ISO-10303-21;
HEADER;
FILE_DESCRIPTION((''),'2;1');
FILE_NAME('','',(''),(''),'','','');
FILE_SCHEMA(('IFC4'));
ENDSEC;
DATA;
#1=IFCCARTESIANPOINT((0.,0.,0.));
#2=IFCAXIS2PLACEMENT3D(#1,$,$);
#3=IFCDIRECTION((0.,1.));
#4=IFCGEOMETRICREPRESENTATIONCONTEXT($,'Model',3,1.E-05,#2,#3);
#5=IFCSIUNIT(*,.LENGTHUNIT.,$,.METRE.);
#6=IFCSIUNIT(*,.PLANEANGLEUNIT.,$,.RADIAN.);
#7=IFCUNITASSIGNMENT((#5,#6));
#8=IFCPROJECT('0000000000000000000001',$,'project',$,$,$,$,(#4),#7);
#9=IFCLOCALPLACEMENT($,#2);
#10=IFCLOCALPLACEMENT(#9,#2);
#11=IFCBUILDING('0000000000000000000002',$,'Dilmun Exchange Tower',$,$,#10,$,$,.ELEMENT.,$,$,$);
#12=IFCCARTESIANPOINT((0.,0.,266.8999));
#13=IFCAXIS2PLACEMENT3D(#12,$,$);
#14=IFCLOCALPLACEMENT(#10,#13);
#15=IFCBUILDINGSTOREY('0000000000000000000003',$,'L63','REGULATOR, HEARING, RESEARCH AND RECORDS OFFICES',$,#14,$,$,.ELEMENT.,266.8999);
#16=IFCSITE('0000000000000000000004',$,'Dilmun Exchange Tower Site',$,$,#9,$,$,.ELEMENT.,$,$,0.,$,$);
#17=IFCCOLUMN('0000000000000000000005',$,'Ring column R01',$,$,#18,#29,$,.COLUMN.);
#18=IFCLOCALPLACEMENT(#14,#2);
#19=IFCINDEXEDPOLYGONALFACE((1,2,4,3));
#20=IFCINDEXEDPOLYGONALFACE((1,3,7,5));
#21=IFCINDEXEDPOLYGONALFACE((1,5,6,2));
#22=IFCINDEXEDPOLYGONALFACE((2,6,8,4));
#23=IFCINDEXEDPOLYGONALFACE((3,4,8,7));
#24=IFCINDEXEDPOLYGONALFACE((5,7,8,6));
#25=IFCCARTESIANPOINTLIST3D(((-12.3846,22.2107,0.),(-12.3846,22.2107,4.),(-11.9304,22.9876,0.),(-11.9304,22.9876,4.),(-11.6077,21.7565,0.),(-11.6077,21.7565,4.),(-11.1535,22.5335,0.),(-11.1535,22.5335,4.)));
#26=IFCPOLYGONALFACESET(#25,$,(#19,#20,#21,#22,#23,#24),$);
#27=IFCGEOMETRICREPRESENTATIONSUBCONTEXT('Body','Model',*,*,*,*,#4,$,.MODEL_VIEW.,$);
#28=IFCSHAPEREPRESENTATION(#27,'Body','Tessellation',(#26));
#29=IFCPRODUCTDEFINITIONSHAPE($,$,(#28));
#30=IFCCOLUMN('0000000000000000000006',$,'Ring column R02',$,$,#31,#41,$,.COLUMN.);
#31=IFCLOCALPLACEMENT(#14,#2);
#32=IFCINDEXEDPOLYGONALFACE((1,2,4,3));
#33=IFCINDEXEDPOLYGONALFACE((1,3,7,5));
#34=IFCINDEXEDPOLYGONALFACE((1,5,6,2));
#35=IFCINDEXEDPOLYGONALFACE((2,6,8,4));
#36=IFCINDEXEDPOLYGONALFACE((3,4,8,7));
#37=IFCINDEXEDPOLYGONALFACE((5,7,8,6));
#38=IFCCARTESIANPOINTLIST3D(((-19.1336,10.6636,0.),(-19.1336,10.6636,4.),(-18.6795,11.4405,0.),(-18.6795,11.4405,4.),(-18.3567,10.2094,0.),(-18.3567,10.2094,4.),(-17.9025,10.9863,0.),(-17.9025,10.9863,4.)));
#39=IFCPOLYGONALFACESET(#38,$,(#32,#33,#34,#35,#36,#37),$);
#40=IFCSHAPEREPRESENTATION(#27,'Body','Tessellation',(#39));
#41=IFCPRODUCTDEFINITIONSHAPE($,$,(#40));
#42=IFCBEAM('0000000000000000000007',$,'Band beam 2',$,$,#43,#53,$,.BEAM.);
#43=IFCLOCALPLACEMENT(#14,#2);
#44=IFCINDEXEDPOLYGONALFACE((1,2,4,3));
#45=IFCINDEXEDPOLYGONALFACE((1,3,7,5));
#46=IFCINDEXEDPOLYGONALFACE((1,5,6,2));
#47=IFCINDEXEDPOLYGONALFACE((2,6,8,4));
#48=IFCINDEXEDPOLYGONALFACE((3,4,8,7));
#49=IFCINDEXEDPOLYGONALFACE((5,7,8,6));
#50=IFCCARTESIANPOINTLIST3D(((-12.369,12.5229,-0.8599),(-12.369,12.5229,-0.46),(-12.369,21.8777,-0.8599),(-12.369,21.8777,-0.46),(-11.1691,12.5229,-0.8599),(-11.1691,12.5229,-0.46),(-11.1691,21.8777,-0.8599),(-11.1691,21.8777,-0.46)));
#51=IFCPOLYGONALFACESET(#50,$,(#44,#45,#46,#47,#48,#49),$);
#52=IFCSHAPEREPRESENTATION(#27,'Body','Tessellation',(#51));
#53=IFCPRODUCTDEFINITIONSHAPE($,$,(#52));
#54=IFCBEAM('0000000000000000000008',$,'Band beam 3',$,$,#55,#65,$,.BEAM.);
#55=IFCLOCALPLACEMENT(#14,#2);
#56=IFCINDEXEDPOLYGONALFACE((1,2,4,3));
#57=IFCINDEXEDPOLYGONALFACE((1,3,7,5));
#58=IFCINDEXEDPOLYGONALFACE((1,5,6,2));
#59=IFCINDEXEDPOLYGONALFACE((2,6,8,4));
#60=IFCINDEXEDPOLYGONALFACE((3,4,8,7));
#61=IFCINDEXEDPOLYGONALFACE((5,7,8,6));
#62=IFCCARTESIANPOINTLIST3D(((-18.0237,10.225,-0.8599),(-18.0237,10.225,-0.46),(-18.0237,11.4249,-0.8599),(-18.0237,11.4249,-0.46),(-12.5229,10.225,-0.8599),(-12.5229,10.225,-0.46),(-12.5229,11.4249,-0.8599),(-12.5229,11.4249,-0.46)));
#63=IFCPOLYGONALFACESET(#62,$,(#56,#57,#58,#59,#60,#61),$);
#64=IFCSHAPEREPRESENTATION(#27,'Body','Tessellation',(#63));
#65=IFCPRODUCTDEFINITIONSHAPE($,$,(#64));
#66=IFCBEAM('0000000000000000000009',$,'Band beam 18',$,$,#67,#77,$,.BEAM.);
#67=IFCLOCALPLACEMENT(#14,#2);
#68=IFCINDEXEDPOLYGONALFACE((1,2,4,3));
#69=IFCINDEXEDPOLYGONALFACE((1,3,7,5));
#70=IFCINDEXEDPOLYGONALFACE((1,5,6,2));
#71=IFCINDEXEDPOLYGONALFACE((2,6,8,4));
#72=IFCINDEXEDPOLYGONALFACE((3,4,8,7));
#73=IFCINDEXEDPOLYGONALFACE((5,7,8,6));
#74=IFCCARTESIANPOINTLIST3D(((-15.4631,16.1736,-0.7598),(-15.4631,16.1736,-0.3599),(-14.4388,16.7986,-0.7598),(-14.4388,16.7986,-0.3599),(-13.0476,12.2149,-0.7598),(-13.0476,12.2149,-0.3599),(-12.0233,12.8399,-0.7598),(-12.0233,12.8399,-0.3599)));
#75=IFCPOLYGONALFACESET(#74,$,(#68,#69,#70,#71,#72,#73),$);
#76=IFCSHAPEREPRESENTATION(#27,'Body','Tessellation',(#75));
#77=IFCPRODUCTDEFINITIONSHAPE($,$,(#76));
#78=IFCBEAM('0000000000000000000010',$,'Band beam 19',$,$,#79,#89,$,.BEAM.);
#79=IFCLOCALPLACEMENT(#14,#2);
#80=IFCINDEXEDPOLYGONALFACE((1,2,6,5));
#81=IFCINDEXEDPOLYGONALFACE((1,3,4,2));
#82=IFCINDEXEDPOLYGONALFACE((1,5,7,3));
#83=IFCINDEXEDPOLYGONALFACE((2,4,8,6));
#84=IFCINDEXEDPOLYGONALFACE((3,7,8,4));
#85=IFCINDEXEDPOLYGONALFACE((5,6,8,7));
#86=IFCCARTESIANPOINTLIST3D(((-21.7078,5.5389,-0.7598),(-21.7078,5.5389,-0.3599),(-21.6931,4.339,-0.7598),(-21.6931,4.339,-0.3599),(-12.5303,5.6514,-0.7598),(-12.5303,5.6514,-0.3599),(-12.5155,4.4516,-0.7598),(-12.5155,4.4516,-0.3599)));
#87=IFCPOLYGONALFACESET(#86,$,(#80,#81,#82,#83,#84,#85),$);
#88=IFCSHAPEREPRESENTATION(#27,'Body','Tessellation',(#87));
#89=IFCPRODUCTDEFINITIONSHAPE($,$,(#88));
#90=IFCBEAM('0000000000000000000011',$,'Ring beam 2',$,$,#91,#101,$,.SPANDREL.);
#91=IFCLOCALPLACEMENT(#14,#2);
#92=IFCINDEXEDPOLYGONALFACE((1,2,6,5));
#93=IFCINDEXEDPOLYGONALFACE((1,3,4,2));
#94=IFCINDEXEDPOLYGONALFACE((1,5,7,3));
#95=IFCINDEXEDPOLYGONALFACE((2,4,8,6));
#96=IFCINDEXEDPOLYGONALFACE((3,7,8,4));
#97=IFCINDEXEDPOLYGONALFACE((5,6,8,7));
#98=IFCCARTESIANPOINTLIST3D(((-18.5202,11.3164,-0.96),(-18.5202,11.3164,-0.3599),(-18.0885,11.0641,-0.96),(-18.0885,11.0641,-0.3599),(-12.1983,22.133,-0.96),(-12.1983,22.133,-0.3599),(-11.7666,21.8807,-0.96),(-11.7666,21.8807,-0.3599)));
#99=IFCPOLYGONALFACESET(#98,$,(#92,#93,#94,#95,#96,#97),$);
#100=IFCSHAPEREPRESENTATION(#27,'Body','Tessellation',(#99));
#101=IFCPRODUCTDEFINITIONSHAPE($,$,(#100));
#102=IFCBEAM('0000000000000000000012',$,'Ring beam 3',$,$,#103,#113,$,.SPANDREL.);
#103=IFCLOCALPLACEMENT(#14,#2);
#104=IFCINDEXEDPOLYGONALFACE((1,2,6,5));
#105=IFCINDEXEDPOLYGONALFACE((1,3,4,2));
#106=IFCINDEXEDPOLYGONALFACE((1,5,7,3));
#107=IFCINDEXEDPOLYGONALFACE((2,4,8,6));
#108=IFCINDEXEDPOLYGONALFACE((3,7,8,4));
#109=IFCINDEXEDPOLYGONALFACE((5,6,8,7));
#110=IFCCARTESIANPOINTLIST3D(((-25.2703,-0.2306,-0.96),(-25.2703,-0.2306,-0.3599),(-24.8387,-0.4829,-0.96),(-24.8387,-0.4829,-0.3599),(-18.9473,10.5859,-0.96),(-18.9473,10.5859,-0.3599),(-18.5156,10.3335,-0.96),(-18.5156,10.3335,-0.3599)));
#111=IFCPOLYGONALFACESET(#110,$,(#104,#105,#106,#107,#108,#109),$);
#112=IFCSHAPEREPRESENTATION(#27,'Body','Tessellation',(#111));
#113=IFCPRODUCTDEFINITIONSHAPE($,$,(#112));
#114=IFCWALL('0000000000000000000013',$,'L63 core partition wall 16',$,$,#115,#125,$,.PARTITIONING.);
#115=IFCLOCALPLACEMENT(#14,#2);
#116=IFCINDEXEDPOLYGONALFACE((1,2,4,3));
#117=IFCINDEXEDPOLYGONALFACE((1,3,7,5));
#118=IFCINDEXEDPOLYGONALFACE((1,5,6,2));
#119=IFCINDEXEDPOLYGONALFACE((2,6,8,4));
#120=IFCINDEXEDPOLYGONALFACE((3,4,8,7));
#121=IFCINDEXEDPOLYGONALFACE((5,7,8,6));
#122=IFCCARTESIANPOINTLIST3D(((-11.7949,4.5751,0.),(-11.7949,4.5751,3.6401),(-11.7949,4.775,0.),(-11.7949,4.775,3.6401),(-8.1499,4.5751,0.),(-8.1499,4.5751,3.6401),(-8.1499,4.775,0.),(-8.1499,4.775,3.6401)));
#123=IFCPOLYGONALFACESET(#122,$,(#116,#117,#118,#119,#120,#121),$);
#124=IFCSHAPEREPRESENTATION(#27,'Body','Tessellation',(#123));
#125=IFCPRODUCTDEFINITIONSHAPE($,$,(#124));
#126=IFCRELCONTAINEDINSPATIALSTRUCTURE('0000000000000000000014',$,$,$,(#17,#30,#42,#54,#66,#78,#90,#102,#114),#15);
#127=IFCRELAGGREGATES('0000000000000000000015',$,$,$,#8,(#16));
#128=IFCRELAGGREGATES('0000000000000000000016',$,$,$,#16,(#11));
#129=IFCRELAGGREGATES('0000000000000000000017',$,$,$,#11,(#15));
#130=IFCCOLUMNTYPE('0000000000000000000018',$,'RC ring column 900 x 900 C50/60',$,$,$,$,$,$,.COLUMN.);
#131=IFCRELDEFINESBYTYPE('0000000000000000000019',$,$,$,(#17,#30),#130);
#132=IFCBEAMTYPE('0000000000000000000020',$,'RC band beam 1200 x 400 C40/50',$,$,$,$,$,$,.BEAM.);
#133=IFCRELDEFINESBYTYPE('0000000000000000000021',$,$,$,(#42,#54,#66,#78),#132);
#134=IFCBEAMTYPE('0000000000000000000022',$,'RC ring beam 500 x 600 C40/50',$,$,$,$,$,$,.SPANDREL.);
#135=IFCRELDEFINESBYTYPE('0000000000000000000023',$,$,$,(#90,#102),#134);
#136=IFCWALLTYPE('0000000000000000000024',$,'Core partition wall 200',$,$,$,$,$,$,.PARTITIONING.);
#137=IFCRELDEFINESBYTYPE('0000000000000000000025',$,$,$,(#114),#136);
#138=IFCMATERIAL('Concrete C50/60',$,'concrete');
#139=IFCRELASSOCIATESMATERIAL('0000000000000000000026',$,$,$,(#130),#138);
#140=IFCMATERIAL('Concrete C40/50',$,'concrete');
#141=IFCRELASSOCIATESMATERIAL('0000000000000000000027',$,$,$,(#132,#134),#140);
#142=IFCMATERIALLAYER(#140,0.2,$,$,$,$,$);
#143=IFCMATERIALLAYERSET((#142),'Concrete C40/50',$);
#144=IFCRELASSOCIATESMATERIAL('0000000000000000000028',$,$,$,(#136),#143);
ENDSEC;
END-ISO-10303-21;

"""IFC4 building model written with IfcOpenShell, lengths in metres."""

from ifc_helpers import new_model, si_unit, direction, frame, frame_2d, origin, origin_2d, place, context, subcontext, project, spatial, rectangle, extrude, material, layer, layer_set, material_profile, profile_set, type_object, element, save


model = new_model("IFC4")

# Units and contexts
model_context = context("Model", 3, precision=1e-05, world=origin(), true_north=direction((0.0, 1.0)))
body_context = subcontext(model_context, "Body", "Model", "MODEL_VIEW")
ifc_project = project(units=[si_unit("LENGTHUNIT", "METRE"), si_unit("PLANEANGLEUNIT", "RADIAN")], contexts=[model_context])

# Site, building, storey
site_placement = place(None, origin())
site = spatial("IfcSite", under=ifc_project, at=site_placement, Name="Dilmun Exchange Tower Site", CompositionType="ELEMENT", RefElevation=0.0)
building_placement = place(site_placement, origin())
building = spatial("IfcBuilding", under=site, at=building_placement, Name="Dilmun Exchange Tower", CompositionType="ELEMENT")
storey_placement = place(building_placement, frame((0.0, 0.0, 266.8999)))
storey = spatial("IfcBuildingStorey", under=building, at=storey_placement, Name="L63", Description="REGULATOR, HEARING, RESEARCH AND RECORDS OFFICES", CompositionType="ELEMENT", Elevation=266.8999)

# Columns
ifc_material_1 = material(Name="Concrete C50/60", Category="concrete")
ifc_material_profile_1 = material_profile(ifc_material_1, rectangle(XDim=0.8999, YDim=0.8999, at=origin_2d()), Name="900 x 900")
ifc_profile_set_1 = profile_set([ifc_material_profile_1], Name="Concrete C50/60")
column_type = type_object("IfcColumnType", Name="RC ring column 900 x 900 C50/60", PredefinedType="COLUMN", material=ifc_profile_set_1)
for number, where, z_axis, x_axis, name in (
    (1, (-11.769, 22.3721, 0.0), (0.0, 0.0, 1.0), (0.504644, 0.863328, 0.0), "Ring column R01"),
    (2, (-18.5181, 10.825, 0.0), (0.0, 0.0, 1.0), (0.504644, 0.863328, 0.0), "Ring column R02"),
):
    element("IfcColumn", number, at=place(storey_placement, frame(where, z_axis=z_axis, x_axis=x_axis)), inside=storey, type_object=column_type, Name=name, PredefinedType="COLUMN", context=body_context, shape_type="SweptSolid", body=[
        extrude(rectangle(XDim=0.8999, YDim=0.8999, at=origin_2d()), origin(), (0.0, 0.0, 1.0), 4.0),
    ])

# Beams
ifc_material_2 = material(Name="Concrete C40/50", Category="concrete")
ifc_material_profile_2 = material_profile(ifc_material_2, rectangle(XDim=1.2, YDim=0.3999, at=origin_2d()), Name="1200 x 400")
ifc_profile_set_2 = profile_set([ifc_material_profile_2], Name="Concrete C40/50")
beam_type_1 = type_object("IfcBeamType", Name="RC band beam 1200 x 400 C40/50", PredefinedType="BEAM", material=ifc_profile_set_2)
beam_1_placement = place(storey_placement, frame((-11.769, 21.8777, -0.6599), z_axis=(0.0, -1.0, 0.0), x_axis=(1.0, 0.0, 0.0)))
element("IfcBeam", 3, at=beam_1_placement, inside=storey, type_object=beam_type_1, Name="Band beam 2", PredefinedType="BEAM", context=body_context, shape_type="SweptSolid", body=[
    extrude(rectangle(XDim=1.2, YDim=0.3999, at=origin_2d()), origin(), (0.0, 0.0, 1.0), 9.3547),
])
beam_2_placement = place(storey_placement, frame((-18.0237, 10.825, -0.6599), z_axis=(1.0, 0.0, 0.0), x_axis=(0.0, 1.0, 0.0)))
element("IfcBeam", 4, at=beam_2_placement, inside=storey, type_object=beam_type_1, Name="Band beam 3", PredefinedType="BEAM", context=body_context, shape_type="SweptSolid", body=[
    extrude(rectangle(XDim=1.2, YDim=0.3999, at=origin_2d()), origin(), (0.0, 0.0, 1.0), 5.5007),
])
beam_3_placement = place(storey_placement, frame((-14.9509, 16.4861, -0.5598), z_axis=(0.520869, -0.853637, 0.0), x_axis=(0.853637, 0.520869, 0.0)))
element("IfcBeam", 5, at=beam_3_placement, inside=storey, type_object=beam_type_1, Name="Band beam 18", PredefinedType="BEAM", context=body_context, shape_type="SweptSolid", body=[
    extrude(rectangle(XDim=1.2, YDim=0.3999, at=origin_2d()), origin(), (0.0, 0.0, 1.0), 4.6375),
])
beam_4_placement = place(storey_placement, frame((-21.7004, 4.939, -0.5598), z_axis=(0.999925, 0.012263, 0.0), x_axis=(-0.012263, 0.999925, 0.0)))
element("IfcBeam", 6, at=beam_4_placement, inside=storey, type_object=beam_type_1, Name="Band beam 19", PredefinedType="BEAM", context=body_context, shape_type="SweptSolid", body=[
    extrude(rectangle(XDim=1.2, YDim=0.3999, at=origin_2d()), origin(), (0.0, 0.0, 1.0), 9.1782),
])
ifc_material_profile_3 = material_profile(ifc_material_2, rectangle(XDim=0.5, YDim=0.6001, at=origin_2d()), Name="500 x 600")
ifc_profile_set_3 = profile_set([ifc_material_profile_3], Name="Concrete C40/50")
beam_type_2 = type_object("IfcBeamType", Name="RC ring beam 500 x 600 C40/50", PredefinedType="SPANDREL", material=ifc_profile_set_3)
beam_5_placement = place(storey_placement, frame((-11.9824, 22.0068, -0.6599), z_axis=(-0.504604, -0.863351, 0.0), x_axis=(0.863351, -0.504604, 0.0)))
element("IfcBeam", 7, at=beam_5_placement, inside=storey, type_object=beam_type_2, Name="Ring beam 2", PredefinedType="SPANDREL", context=body_context, shape_type="SweptSolid", body=[
    extrude(rectangle(XDim=0.5, YDim=0.6001, at=origin_2d()), origin(), (0.0, 0.0, 1.0), 12.5286),
])
beam_6_placement = place(storey_placement, frame((-18.7314, 10.4597, -0.6599), z_axis=(-0.50467, -0.863312, 0.0), x_axis=(0.863312, -0.50467, 0.0)))
element("IfcBeam", 8, at=beam_6_placement, inside=storey, type_object=beam_type_2, Name="Ring beam 3", PredefinedType="SPANDREL", context=body_context, shape_type="SweptSolid", body=[
    extrude(rectangle(XDim=0.5, YDim=0.6001, at=origin_2d()), origin(), (0.0, 0.0, 1.0), 12.5291),
])

# Wall
ifc_layer_1 = layer(ifc_material_2, 0.2)
ifc_layer_set_1 = layer_set([ifc_layer_1], Name="Concrete C40/50")
wall_type_1 = type_object("IfcWallType", Name="Core partition wall 200", PredefinedType="PARTITIONING", material=ifc_layer_set_1)
wall_1_placement = place(storey_placement, frame((-11.7949, 4.675, 0.0), z_axis=(0.0, 0.0, 1.0), x_axis=(1.0, 0.0, 0.0)))
element("IfcWall", 9, at=wall_1_placement, inside=storey, type_object=wall_type_1, Name="L63 core partition wall 16", PredefinedType="PARTITIONING", context=body_context, shape_type="SweptSolid", body=[
    extrude(rectangle(XDim=3.645, YDim=0.2, at=frame_2d((1.8225, 0.0))), origin(), (0.0, 0.0, 1.0), 3.6401),
])

save(model, "model.ifc")
